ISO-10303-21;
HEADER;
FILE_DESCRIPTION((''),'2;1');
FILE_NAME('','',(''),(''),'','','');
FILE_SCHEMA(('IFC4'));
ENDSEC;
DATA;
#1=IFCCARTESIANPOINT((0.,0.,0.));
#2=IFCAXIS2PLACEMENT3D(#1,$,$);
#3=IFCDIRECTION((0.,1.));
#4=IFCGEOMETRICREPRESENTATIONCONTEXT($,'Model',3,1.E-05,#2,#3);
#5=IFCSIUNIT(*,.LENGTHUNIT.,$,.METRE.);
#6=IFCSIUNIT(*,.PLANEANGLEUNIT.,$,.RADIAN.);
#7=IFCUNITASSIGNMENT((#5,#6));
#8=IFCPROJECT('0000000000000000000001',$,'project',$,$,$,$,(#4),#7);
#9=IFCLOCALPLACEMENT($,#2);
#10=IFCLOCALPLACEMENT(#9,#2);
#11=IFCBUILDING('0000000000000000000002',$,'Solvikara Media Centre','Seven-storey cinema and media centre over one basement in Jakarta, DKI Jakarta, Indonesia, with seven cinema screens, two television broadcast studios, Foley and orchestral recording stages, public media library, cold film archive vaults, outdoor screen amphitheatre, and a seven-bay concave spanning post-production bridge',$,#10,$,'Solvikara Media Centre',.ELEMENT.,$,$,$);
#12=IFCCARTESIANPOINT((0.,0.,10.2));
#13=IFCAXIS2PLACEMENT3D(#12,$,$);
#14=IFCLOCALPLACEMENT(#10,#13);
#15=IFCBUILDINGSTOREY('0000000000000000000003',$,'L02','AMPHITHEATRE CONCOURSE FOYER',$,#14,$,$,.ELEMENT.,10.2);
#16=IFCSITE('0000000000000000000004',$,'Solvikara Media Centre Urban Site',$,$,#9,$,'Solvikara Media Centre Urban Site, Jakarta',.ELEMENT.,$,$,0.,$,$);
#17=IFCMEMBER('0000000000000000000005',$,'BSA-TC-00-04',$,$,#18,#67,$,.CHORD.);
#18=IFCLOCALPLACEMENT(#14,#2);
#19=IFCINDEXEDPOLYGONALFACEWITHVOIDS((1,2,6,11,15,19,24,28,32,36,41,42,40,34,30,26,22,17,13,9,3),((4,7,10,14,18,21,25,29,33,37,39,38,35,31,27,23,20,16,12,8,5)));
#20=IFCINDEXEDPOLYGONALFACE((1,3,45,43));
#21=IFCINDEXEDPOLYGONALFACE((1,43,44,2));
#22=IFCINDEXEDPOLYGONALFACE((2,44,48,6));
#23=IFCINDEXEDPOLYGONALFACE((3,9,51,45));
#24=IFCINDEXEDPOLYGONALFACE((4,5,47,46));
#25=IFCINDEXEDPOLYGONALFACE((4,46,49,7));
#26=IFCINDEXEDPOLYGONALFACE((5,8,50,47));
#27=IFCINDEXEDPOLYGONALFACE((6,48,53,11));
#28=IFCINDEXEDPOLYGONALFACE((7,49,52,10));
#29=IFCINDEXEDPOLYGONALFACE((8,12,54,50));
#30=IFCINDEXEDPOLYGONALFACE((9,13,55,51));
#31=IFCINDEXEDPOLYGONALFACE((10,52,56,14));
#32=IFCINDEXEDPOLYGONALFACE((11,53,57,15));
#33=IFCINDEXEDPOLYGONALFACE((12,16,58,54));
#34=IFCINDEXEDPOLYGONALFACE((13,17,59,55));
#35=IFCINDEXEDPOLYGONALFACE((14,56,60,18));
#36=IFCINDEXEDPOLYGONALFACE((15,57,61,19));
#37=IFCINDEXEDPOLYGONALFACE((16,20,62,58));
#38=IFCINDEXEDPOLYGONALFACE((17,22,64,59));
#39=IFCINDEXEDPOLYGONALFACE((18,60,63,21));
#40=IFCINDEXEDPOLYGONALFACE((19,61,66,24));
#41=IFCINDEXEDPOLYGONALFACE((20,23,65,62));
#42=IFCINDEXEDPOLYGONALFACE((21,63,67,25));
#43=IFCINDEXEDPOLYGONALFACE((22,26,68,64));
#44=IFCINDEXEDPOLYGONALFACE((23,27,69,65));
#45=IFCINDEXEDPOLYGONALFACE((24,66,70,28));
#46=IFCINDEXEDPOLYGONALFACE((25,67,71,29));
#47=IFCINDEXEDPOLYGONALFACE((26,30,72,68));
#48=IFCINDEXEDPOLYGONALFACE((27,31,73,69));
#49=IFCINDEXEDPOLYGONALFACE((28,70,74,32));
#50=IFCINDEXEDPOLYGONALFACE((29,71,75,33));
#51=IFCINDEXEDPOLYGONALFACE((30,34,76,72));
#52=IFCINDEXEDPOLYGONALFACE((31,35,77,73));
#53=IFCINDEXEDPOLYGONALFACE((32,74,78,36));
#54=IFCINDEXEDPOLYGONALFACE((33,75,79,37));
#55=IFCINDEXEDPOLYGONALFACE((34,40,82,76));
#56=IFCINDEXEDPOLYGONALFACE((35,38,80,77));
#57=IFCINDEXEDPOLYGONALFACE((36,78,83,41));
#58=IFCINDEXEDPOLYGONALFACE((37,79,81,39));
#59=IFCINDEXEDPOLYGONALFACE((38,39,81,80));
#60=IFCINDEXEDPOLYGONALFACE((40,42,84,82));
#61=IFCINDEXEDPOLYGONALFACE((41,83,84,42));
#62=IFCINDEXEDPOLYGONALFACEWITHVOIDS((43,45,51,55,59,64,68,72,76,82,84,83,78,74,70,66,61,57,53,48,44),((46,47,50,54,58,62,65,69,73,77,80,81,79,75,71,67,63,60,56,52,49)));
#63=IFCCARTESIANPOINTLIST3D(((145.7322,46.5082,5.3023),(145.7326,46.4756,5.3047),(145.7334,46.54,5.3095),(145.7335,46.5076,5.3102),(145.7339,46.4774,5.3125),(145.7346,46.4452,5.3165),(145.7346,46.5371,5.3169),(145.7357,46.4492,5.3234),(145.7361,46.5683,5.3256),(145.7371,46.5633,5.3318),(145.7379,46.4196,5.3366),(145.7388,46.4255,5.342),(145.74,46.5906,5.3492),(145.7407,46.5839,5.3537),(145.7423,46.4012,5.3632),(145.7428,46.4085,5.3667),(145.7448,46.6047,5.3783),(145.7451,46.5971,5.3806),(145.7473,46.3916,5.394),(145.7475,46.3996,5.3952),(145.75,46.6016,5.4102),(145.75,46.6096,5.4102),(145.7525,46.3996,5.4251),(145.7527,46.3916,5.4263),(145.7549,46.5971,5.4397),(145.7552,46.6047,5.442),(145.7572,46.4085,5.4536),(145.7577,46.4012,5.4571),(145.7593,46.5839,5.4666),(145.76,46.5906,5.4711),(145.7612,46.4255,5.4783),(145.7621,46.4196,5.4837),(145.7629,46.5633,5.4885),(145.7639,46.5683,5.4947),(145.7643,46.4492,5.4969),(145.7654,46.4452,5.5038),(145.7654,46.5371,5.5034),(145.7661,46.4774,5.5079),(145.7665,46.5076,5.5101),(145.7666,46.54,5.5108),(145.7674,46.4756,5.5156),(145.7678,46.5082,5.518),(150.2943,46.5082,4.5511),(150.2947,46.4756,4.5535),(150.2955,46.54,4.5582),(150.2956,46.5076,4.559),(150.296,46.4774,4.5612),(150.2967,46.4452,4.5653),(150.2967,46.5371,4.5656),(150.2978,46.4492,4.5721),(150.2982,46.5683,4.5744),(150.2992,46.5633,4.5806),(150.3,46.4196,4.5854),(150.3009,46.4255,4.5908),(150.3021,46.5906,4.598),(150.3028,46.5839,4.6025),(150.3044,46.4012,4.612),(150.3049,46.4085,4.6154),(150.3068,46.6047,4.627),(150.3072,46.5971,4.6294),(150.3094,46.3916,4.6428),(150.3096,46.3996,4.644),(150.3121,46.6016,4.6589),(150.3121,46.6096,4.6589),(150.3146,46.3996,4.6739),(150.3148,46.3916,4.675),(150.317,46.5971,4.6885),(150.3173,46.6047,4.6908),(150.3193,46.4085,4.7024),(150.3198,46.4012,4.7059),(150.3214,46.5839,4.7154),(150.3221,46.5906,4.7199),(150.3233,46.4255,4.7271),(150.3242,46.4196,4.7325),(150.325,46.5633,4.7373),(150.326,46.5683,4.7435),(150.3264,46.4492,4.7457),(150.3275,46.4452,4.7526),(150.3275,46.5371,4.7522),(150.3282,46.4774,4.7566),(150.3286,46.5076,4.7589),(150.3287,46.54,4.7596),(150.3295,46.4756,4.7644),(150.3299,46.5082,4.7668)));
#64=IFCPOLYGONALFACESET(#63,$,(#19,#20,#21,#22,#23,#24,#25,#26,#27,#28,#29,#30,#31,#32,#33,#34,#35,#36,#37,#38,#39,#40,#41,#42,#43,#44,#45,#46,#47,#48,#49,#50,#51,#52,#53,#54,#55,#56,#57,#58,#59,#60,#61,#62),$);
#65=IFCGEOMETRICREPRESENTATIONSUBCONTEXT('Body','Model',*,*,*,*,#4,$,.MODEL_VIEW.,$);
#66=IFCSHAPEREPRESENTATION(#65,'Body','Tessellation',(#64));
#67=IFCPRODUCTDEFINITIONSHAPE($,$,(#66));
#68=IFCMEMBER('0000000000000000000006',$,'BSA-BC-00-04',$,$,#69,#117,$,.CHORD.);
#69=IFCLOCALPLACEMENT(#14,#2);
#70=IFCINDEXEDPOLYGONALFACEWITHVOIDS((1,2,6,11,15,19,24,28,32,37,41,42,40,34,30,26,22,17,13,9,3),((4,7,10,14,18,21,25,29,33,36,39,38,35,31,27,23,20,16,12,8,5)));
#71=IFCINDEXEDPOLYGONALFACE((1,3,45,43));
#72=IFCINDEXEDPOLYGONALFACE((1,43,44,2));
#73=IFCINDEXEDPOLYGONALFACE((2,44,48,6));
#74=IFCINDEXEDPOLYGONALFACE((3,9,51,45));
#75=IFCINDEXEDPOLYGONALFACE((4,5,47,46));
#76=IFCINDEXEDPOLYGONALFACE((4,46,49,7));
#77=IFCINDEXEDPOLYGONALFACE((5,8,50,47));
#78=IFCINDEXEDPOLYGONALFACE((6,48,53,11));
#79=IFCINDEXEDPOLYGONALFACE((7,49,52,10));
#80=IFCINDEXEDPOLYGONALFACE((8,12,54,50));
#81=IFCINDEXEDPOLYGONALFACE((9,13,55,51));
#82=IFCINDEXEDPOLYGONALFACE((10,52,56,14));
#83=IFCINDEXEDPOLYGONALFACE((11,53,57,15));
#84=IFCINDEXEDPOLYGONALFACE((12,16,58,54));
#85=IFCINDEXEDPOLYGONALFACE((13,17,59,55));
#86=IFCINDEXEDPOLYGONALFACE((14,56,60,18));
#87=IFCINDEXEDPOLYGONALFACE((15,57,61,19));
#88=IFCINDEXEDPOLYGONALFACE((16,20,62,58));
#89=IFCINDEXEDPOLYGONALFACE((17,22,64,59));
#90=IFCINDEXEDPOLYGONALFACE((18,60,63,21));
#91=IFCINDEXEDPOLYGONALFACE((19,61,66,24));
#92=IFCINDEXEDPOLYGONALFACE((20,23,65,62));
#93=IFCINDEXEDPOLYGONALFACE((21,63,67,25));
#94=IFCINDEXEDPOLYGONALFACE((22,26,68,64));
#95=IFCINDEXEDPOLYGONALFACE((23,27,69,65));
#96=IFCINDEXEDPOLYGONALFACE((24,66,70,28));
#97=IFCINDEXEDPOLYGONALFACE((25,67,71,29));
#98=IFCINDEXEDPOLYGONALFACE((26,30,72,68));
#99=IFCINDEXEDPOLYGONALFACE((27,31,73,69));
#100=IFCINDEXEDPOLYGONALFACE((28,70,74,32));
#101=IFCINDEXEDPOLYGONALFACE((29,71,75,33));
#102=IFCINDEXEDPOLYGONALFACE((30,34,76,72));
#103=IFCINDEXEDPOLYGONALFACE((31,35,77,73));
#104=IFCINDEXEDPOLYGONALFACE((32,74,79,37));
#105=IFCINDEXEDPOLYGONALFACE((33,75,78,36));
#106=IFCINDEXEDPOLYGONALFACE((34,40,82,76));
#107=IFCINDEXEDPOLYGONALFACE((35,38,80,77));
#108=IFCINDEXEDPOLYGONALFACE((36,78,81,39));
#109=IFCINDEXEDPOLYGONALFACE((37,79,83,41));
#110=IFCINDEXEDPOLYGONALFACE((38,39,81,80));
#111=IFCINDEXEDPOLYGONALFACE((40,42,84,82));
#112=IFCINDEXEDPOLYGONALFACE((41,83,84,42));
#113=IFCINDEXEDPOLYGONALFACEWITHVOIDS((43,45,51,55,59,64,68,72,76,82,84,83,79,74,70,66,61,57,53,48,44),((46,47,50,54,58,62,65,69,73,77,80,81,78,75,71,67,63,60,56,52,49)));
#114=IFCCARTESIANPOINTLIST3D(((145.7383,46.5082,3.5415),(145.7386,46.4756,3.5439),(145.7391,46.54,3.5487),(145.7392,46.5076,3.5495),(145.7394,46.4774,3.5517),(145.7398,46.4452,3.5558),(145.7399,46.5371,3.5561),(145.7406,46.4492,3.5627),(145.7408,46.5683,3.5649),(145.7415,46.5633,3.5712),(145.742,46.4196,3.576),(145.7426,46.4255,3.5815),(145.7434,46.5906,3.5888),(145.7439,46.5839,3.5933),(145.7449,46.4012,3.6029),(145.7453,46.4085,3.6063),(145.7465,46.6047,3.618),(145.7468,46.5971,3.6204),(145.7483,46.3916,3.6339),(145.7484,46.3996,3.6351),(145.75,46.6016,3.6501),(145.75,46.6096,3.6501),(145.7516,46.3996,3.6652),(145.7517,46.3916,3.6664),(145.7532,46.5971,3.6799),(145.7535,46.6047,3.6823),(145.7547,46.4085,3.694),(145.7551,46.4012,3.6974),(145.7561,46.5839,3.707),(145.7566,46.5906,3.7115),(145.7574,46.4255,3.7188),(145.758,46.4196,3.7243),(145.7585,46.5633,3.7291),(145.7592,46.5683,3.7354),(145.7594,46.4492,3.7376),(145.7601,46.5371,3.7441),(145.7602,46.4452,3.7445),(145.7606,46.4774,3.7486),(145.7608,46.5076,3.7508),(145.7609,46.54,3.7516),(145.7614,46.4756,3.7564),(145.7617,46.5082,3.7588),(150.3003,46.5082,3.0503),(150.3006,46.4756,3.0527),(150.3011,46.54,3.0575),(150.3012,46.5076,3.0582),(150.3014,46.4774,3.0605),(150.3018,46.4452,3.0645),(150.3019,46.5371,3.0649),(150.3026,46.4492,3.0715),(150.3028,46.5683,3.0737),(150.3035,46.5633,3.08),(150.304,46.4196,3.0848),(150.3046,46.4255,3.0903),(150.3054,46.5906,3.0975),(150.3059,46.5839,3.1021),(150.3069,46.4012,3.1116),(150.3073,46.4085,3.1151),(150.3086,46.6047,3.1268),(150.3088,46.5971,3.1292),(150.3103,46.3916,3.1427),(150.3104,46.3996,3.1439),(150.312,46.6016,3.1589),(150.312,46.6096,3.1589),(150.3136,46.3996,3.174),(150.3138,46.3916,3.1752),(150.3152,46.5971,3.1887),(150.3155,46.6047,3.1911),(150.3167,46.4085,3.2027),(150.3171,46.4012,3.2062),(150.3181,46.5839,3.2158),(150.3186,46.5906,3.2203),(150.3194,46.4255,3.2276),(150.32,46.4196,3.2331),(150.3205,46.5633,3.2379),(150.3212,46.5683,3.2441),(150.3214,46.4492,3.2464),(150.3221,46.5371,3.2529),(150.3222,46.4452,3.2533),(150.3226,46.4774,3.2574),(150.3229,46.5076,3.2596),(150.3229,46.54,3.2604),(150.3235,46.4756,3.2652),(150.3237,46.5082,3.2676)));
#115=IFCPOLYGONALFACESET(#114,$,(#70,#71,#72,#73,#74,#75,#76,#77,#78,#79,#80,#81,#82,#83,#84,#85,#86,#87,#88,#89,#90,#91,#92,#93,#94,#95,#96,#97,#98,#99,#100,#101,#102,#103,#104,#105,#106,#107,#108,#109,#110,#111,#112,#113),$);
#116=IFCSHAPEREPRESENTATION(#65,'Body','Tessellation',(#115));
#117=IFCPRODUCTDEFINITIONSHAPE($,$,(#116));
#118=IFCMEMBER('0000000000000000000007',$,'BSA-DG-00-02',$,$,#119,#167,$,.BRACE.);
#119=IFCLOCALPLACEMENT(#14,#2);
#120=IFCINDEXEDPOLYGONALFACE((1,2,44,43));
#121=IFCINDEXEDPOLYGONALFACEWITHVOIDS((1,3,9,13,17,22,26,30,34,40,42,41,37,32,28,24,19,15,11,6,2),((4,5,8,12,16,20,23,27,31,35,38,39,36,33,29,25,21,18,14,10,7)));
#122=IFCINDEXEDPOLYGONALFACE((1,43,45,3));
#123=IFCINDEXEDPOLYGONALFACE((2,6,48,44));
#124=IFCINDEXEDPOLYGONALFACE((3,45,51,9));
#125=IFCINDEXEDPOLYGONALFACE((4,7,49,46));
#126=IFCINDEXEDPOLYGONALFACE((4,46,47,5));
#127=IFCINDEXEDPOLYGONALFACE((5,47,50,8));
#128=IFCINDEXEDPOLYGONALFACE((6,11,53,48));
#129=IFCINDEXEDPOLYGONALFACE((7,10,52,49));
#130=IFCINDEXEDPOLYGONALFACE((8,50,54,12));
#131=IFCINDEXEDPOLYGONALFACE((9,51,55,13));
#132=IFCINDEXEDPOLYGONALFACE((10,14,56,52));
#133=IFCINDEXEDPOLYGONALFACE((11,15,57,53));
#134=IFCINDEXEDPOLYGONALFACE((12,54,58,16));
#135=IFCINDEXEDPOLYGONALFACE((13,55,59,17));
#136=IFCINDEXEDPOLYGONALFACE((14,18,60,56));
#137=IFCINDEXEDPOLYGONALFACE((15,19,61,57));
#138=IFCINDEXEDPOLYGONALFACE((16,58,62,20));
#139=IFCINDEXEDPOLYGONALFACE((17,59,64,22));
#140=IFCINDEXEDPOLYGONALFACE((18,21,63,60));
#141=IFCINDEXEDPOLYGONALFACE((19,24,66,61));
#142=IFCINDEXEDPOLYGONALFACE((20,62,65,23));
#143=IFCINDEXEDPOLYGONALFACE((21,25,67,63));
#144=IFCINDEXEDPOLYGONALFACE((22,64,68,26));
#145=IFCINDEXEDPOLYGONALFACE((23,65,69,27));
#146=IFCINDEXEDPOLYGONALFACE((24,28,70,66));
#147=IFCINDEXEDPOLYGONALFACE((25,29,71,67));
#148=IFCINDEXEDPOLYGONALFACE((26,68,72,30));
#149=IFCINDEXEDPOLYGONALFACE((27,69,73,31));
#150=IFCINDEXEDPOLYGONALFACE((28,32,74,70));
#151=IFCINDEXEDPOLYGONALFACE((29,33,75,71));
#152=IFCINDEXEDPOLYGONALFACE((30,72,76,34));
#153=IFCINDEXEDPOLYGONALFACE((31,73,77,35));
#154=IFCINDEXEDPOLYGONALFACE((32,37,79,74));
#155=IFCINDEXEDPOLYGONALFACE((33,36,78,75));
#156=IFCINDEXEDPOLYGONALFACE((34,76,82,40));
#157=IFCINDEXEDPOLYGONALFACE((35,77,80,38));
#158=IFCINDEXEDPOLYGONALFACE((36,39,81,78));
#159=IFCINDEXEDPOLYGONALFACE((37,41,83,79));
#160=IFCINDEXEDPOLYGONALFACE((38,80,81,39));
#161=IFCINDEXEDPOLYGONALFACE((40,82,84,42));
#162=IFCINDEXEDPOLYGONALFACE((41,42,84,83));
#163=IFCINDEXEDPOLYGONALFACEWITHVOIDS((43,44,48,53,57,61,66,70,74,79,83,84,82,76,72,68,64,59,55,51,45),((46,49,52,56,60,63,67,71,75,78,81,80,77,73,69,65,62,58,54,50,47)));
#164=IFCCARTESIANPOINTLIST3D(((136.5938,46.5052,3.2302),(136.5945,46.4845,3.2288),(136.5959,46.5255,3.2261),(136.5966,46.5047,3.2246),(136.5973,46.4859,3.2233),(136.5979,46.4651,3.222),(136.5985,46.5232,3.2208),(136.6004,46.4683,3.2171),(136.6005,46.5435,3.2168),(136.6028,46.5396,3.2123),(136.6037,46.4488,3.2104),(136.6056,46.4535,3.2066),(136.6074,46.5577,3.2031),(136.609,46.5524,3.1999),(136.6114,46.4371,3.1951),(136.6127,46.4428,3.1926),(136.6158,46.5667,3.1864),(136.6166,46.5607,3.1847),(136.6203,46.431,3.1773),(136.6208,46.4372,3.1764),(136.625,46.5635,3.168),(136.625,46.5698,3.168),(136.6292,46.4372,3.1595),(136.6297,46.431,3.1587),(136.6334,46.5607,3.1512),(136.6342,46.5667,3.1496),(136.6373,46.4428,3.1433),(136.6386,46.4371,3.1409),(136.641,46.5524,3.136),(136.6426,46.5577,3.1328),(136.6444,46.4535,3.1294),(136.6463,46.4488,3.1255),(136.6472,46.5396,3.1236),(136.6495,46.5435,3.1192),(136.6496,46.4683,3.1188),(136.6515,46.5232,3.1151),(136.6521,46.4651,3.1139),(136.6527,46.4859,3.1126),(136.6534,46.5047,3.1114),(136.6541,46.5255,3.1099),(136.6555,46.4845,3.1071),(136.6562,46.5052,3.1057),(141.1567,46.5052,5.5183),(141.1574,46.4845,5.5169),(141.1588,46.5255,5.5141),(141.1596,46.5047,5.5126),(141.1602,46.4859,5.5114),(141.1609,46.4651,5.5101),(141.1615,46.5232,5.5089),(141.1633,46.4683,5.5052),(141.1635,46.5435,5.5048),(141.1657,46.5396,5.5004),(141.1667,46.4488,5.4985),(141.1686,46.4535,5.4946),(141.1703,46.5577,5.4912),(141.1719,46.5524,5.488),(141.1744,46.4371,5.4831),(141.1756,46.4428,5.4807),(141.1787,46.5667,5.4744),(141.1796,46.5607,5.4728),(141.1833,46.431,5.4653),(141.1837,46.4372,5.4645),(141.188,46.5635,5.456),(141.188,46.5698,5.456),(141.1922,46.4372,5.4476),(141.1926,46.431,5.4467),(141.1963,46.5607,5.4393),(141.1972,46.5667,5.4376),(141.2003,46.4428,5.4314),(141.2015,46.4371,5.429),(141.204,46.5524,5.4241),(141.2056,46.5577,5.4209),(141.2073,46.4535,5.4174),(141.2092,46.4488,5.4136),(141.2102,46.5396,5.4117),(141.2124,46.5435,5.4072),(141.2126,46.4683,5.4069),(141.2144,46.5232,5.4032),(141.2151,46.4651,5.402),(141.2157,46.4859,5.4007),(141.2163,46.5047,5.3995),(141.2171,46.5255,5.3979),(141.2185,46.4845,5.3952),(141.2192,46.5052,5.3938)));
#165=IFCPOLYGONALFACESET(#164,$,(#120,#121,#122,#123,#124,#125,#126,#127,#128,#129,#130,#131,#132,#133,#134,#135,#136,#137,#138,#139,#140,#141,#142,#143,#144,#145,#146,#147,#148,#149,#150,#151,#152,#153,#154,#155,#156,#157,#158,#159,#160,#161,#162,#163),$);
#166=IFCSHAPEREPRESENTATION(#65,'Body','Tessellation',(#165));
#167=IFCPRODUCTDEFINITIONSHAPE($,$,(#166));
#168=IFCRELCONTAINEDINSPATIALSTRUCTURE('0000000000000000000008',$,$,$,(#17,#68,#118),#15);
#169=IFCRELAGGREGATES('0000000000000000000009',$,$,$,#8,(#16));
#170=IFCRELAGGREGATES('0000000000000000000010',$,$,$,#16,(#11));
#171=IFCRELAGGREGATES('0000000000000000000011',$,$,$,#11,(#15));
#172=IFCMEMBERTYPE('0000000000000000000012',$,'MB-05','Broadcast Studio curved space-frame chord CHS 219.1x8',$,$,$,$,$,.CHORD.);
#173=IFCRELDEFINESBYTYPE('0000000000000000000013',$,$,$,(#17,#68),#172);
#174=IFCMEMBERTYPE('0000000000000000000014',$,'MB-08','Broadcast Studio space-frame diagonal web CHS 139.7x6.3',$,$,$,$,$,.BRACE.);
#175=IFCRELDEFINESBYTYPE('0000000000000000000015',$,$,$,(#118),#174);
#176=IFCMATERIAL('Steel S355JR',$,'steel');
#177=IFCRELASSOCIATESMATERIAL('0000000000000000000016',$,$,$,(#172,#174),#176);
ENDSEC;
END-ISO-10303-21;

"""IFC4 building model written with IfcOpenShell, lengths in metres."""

from ifc_helpers import new_model, si_unit, direction, frame, origin, origin_2d, place, context, subcontext, project, spatial, hollow_circle, extrude, material, material_profile, profile_set, type_object, element, save


model = new_model("IFC4")

# Units and contexts
model_context = context("Model", 3, precision=1e-05, world=origin(), true_north=direction((0.0, 1.0)))
body_context = subcontext(model_context, "Body", "Model", "MODEL_VIEW")
ifc_project = project(units=[si_unit("LENGTHUNIT", "METRE"), si_unit("PLANEANGLEUNIT", "RADIAN")], contexts=[model_context])

# Site, building, storey
site_placement = place(None, origin())
site = spatial("IfcSite", under=ifc_project, at=site_placement, Name="Solvikara Media Centre Urban Site", LongName="Solvikara Media Centre Urban Site, Jakarta", CompositionType="ELEMENT", RefElevation=0.0)
building_placement = place(site_placement, origin())
building = spatial("IfcBuilding", under=site, at=building_placement, Name="Solvikara Media Centre", Description="Seven-storey cinema and media centre over one basement in Jakarta, DKI Jakarta, Indonesia, with seven cinema screens, two television broadcast studios, Foley and orchestral recording stages, public media library, cold film archive vaults, outdoor screen amphitheatre, and a seven-bay concave spanning post-production bridge", LongName="Solvikara Media Centre", CompositionType="ELEMENT")
storey_placement = place(building_placement, frame((0.0, 0.0, 10.2)))
storey = spatial("IfcBuildingStorey", under=building, at=storey_placement, Name="L02", Description="AMPHITHEATRE CONCOURSE FOYER", CompositionType="ELEMENT", Elevation=10.2)

# Shared definitions
ifc_material_1 = material(Name="Steel S355JR", Category="steel")

# Members
ifc_material_profile_1 = material_profile(ifc_material_1, hollow_circle(Radius=0.1096, WallThickness=0.0081, at=origin_2d()), Name="CHS 219.1x8")
ifc_profile_set_1 = profile_set([ifc_material_profile_1], Name="Steel S355JR")
member_type_1 = type_object("IfcMemberType", Name="MB-05", Description="Broadcast Studio curved space-frame chord CHS 219.1x8", PredefinedType="CHORD", material=ifc_profile_set_1)
member_1_placement = place(storey_placement, frame((145.75, 46.5, 5.4102), z_axis=(0.986712, 0.0, -0.162481), x_axis=(0.0, 1.0, 0.0)))
element("IfcMember", 1, at=member_1_placement, inside=storey, type_object=member_type_1, Name="BSA-TC-00-04", PredefinedType="CHORD", context=body_context, shape_type="SweptSolid", body=[
    extrude(hollow_circle(Radius=0.1096, WallThickness=0.0081, at=origin_2d()), origin(), (0.0, 0.0, 1.0), 4.6235),
])
member_2_placement = place(storey_placement, frame((145.75, 46.5, 3.6501), z_axis=(0.994253, 0.0, -0.107055), x_axis=(0.0, 1.0, 0.0)))
element("IfcMember", 2, at=member_2_placement, inside=storey, type_object=member_type_1, Name="BSA-BC-00-04", PredefinedType="CHORD", context=body_context, shape_type="SweptSolid", body=[
    extrude(hollow_circle(Radius=0.1096, WallThickness=0.0081, at=origin_2d()), origin(), (0.0, 0.0, 1.0), 4.5884),
])
ifc_material_profile_2 = material_profile(ifc_material_1, hollow_circle(Radius=0.0698, WallThickness=0.0063, at=origin_2d()), Name="CHS 139.7x6.3")
ifc_profile_set_2 = profile_set([ifc_material_profile_2], Name="Steel S355JR")
member_type_2 = type_object("IfcMemberType", Name="MB-08", Description="Broadcast Studio space-frame diagonal web CHS 139.7x6.3", PredefinedType="BRACE", material=ifc_profile_set_2)
member_3_placement = place(storey_placement, frame((136.625, 46.5, 3.168), z_axis=(0.89391, 0.0, 0.448246), x_axis=(0.0, 1.0, 0.0)))
element("IfcMember", 3, at=member_3_placement, inside=storey, type_object=member_type_2, Name="BSA-DG-00-02", PredefinedType="BRACE", context=body_context, shape_type="SweptSolid", body=[
    extrude(hollow_circle(Radius=0.0698, WallThickness=0.0063, at=origin_2d()), origin(), (0.0, 0.0, 1.0), 5.1045),
])

save(model, "model.ifc")
